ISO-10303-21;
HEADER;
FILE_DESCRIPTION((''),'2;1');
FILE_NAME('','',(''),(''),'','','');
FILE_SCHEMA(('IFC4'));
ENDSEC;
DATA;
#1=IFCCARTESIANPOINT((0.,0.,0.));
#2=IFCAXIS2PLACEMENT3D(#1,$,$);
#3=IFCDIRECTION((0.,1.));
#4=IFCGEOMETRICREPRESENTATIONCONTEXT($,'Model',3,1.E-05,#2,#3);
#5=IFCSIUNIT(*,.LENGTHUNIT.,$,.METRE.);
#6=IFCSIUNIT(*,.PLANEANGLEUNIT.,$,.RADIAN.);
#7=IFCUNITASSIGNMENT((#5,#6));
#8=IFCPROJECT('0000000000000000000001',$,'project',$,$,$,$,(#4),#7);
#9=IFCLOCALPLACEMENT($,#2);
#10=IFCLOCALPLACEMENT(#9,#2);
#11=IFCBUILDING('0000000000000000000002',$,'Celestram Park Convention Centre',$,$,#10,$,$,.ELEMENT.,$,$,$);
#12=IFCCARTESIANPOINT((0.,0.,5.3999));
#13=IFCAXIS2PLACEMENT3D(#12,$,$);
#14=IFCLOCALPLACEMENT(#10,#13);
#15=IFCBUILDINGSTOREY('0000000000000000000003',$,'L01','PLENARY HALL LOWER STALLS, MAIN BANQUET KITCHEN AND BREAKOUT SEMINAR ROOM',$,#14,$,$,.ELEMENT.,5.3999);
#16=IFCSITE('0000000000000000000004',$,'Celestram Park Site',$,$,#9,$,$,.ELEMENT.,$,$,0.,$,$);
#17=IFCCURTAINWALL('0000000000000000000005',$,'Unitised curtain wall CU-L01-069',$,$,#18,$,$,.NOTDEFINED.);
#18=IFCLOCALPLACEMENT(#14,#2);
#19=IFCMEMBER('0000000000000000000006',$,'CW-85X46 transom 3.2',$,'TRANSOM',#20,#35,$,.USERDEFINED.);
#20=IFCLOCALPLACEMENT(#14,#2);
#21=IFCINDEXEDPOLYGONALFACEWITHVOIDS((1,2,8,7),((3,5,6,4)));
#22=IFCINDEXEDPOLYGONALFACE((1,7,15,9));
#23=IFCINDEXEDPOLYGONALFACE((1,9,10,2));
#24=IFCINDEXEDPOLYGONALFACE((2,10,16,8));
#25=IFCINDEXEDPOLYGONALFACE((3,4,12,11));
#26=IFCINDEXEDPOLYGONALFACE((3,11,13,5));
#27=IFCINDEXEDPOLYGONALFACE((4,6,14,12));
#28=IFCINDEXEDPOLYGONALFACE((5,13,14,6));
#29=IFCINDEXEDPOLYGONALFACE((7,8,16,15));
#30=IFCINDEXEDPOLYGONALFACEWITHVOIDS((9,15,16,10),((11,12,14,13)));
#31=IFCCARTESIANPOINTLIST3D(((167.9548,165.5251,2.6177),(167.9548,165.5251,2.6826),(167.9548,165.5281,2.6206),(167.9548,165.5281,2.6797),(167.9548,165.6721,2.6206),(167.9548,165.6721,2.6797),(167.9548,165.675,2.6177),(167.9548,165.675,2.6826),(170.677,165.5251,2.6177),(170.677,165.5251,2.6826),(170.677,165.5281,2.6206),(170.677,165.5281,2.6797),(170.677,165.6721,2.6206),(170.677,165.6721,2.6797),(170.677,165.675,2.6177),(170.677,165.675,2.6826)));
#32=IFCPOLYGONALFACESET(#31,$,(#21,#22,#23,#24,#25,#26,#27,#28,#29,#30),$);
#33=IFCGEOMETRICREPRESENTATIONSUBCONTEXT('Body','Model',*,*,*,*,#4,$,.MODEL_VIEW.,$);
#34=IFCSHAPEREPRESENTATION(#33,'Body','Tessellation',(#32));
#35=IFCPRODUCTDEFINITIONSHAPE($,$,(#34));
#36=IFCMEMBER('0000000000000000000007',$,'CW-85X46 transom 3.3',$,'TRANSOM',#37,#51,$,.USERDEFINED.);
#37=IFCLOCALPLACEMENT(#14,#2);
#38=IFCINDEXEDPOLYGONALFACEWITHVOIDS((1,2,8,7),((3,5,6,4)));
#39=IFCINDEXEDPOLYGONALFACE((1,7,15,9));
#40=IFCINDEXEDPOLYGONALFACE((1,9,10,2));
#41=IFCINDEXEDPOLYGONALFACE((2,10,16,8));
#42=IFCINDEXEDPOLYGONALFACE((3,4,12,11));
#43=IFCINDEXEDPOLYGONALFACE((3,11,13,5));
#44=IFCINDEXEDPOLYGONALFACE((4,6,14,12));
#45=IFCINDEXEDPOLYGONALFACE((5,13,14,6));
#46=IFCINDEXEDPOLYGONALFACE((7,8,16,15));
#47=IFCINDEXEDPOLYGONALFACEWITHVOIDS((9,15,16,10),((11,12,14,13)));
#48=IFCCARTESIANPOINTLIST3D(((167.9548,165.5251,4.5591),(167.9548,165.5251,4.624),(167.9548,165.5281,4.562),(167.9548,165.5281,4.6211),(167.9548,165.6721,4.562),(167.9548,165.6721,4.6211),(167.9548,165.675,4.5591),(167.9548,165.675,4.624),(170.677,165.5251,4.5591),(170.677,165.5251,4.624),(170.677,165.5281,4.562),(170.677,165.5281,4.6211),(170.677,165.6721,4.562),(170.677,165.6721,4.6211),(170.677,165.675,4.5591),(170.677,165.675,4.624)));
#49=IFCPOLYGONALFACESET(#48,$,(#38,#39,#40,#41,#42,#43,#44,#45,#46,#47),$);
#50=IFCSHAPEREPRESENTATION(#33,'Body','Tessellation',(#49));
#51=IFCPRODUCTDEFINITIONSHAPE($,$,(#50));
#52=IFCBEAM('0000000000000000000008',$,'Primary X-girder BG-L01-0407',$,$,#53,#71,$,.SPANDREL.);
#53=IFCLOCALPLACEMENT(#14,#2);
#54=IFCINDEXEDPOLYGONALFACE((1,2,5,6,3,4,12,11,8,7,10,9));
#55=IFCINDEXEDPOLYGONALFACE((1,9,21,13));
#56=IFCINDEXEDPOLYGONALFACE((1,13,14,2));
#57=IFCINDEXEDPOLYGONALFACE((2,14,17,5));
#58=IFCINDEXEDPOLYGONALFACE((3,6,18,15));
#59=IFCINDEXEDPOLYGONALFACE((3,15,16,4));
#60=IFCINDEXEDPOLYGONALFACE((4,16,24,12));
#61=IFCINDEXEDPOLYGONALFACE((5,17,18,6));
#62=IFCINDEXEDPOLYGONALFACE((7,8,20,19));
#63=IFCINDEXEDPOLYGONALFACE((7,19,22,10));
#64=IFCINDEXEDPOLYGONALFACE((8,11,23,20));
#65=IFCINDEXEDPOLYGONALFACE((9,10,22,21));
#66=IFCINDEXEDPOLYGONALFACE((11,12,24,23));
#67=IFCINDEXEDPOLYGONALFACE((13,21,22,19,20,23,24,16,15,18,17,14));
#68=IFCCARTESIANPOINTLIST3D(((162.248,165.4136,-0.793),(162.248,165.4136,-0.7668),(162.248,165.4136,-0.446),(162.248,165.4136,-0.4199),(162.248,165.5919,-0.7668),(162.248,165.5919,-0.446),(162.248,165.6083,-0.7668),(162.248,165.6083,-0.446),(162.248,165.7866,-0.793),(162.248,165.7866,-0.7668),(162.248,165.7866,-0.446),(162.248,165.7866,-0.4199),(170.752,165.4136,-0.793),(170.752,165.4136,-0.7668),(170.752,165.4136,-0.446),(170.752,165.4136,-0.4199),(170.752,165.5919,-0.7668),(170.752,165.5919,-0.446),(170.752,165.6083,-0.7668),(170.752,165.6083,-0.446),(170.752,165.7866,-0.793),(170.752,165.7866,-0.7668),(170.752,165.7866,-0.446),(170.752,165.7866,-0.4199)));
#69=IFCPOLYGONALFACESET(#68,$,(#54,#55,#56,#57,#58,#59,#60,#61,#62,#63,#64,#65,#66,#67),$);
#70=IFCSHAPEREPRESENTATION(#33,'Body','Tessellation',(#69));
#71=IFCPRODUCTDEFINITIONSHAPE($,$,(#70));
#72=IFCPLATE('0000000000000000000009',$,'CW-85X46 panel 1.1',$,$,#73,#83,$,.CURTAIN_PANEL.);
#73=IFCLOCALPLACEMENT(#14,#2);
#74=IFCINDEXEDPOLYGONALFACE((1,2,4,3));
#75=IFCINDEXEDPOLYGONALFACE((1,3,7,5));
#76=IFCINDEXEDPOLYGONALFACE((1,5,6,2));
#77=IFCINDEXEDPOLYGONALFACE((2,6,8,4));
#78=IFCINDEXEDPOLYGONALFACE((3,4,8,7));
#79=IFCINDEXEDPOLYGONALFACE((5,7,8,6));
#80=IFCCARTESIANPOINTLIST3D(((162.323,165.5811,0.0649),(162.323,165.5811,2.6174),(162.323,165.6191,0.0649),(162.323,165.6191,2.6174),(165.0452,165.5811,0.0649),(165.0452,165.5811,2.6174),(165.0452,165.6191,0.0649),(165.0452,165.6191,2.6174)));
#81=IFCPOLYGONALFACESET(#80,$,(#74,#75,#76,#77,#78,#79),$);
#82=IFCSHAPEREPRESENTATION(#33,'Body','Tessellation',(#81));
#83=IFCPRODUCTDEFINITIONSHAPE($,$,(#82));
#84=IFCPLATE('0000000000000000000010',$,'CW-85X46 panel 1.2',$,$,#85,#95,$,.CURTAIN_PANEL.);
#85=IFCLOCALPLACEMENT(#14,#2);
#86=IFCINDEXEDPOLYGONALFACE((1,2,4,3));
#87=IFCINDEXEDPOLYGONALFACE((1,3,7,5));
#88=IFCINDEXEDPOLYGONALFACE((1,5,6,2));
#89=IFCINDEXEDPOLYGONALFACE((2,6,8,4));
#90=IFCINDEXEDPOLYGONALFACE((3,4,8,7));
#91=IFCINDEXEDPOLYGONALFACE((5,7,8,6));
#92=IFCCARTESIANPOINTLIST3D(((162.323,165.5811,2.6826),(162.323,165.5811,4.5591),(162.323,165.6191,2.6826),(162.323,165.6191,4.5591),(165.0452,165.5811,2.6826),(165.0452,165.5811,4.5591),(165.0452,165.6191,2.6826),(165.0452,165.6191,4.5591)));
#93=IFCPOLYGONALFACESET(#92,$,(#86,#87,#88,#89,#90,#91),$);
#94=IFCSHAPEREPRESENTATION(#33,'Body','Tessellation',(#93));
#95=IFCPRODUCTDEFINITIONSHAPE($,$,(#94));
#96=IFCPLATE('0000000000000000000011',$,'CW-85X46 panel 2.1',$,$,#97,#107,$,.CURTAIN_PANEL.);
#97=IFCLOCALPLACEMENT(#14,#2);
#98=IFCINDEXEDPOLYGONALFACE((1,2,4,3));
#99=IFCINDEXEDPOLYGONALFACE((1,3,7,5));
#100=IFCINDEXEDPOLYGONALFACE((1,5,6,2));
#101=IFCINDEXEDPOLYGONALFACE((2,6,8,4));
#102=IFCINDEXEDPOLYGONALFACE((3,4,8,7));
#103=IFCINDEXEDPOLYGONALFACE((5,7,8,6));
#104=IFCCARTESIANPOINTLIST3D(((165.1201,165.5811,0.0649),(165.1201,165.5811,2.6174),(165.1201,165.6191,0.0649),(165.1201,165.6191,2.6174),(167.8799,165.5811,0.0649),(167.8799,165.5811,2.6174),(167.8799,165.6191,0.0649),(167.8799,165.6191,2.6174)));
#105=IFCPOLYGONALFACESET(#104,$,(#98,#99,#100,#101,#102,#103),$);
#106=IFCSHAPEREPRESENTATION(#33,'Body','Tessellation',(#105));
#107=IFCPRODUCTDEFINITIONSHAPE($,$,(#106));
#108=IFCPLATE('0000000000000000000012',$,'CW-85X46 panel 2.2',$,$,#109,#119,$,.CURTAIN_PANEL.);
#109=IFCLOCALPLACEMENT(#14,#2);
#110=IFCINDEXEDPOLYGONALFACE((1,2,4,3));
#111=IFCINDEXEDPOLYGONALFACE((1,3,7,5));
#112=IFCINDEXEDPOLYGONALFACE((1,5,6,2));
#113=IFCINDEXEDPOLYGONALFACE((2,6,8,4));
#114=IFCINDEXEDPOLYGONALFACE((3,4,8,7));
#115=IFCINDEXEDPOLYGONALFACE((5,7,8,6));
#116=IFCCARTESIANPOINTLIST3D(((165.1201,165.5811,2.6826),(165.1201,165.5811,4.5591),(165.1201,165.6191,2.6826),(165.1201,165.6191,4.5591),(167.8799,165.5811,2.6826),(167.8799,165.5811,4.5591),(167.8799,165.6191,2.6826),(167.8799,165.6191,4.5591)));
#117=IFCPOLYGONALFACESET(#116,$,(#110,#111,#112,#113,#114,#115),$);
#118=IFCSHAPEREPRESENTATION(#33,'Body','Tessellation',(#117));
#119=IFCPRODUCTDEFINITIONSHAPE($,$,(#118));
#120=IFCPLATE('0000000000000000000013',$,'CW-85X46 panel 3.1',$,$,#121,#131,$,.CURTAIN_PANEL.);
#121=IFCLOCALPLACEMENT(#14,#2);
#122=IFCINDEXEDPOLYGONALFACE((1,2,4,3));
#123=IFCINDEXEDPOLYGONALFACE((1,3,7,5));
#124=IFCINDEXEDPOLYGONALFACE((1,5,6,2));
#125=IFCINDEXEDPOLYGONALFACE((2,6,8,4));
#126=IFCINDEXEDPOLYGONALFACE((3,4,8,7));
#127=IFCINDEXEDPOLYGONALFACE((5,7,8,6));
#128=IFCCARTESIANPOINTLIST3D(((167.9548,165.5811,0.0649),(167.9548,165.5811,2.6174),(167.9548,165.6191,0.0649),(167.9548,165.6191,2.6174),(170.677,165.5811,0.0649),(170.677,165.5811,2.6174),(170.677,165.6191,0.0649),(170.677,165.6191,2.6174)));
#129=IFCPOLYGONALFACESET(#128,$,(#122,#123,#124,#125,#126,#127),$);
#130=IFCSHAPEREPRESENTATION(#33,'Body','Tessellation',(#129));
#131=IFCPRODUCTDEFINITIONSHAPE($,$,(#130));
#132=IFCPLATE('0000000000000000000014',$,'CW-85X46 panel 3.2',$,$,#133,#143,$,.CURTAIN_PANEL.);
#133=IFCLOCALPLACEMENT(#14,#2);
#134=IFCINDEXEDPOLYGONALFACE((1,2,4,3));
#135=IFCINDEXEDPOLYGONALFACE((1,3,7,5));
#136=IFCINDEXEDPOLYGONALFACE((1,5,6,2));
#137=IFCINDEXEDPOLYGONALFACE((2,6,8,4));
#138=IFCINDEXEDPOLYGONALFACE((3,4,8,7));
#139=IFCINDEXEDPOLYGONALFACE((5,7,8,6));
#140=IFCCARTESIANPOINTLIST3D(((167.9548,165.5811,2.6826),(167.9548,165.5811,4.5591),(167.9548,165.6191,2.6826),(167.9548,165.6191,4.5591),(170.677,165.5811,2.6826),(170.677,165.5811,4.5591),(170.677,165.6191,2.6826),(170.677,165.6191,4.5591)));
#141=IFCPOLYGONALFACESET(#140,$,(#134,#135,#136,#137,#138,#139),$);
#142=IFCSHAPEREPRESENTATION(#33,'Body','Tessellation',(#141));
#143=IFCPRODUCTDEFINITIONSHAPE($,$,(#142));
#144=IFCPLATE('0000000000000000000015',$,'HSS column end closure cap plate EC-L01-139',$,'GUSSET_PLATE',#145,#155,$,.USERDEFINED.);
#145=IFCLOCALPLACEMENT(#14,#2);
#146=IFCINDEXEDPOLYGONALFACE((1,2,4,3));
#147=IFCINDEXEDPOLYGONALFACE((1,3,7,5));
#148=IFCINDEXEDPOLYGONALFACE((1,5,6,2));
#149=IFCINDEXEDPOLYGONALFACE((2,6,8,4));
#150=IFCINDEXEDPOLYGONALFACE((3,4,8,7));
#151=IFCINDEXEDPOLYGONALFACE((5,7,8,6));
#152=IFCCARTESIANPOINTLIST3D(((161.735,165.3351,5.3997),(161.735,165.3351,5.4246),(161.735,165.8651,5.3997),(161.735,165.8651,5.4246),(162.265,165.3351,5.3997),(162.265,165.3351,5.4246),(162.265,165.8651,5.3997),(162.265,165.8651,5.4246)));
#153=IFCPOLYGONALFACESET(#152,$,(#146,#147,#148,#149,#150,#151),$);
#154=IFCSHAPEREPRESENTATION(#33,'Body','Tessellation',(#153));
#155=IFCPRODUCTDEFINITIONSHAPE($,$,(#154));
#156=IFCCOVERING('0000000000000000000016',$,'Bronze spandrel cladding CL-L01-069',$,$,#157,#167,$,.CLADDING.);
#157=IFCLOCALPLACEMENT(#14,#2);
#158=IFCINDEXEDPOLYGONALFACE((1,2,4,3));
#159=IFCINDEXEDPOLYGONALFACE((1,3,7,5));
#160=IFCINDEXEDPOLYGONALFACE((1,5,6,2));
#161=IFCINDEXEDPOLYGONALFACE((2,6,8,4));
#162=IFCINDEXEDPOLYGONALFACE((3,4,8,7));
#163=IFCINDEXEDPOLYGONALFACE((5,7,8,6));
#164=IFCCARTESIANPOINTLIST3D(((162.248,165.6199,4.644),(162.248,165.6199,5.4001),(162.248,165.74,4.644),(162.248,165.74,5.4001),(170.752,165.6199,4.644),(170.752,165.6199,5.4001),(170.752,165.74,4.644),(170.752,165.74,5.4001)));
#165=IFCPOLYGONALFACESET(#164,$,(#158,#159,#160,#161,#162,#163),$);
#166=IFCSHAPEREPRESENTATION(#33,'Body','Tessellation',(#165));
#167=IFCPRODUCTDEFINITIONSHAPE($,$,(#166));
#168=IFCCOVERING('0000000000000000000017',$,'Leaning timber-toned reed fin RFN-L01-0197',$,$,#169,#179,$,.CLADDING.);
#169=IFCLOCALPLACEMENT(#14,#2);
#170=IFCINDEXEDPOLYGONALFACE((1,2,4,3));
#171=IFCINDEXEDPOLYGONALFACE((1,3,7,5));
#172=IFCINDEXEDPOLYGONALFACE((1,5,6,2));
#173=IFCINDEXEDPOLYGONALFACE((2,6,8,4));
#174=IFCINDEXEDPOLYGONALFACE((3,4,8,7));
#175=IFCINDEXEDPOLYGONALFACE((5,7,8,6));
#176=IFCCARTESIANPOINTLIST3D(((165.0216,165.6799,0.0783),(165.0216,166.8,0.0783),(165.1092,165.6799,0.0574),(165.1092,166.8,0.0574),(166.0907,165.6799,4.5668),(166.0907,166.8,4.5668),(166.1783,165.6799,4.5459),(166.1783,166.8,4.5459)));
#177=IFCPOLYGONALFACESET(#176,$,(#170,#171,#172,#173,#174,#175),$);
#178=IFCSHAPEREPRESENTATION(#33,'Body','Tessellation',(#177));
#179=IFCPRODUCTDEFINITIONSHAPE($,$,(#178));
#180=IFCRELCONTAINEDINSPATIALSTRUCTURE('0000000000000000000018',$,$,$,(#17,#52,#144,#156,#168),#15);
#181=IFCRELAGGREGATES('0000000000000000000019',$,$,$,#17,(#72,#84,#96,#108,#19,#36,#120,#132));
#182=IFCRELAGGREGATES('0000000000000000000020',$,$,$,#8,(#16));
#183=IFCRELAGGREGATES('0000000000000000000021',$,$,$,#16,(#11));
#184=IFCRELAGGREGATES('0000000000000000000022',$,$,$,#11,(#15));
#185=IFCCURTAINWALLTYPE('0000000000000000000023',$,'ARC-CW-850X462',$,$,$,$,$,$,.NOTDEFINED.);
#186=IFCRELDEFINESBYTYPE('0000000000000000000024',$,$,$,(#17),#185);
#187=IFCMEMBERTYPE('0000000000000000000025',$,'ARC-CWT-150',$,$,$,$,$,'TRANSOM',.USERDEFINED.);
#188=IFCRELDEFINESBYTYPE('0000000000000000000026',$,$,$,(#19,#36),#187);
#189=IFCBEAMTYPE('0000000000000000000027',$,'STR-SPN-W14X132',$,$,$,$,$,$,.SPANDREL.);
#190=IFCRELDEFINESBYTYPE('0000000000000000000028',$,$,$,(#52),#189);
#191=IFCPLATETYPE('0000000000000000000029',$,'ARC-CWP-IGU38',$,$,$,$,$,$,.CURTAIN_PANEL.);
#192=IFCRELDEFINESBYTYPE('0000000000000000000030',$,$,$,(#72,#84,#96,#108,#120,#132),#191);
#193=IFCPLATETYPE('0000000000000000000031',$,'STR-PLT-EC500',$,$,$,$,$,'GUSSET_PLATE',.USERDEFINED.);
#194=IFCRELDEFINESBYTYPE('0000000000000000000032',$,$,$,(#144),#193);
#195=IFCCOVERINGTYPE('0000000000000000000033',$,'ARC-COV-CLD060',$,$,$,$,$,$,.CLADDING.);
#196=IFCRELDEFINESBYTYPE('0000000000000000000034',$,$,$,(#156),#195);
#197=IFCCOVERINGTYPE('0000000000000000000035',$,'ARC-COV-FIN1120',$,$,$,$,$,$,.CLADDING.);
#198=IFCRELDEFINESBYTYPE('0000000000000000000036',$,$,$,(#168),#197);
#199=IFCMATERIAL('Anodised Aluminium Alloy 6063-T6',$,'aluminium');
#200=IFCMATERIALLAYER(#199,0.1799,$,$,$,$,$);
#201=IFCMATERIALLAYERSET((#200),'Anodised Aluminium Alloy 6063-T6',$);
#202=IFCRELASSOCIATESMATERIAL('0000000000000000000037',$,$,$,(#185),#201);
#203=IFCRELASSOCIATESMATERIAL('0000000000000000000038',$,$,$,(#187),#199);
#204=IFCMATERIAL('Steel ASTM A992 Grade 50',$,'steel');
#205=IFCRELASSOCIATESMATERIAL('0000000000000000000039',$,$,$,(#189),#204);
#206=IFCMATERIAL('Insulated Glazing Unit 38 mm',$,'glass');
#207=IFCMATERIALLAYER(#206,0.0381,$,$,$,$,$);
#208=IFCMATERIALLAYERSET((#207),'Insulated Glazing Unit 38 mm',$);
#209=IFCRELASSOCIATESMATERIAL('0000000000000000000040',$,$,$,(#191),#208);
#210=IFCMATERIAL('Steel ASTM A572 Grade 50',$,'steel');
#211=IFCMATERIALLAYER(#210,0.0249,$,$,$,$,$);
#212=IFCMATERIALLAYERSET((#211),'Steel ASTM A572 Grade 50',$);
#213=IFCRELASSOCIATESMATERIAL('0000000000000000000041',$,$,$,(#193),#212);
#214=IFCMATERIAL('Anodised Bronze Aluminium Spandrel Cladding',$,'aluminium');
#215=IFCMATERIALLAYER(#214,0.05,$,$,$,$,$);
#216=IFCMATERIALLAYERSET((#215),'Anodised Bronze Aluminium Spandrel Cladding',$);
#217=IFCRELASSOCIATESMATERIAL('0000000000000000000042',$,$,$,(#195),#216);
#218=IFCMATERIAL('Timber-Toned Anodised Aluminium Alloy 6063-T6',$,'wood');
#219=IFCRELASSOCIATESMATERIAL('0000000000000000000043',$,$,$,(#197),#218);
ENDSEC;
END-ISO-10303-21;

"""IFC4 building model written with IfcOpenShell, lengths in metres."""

from ifc_helpers import new_model, si_unit, direction, frame, origin, origin_2d, place, context, subcontext, project, spatial, rectangle, hollow_rectangle, i_section, extrude, material, layer, layer_set, material_profile, profile_set, type_object, element, aggregate, save


model = new_model("IFC4")

# Units and contexts
model_context = context("Model", 3, precision=1e-05, world=origin(), true_north=direction((0.0, 1.0)))
body_context = subcontext(model_context, "Body", "Model", "MODEL_VIEW")
ifc_project = project(units=[si_unit("LENGTHUNIT", "METRE"), si_unit("PLANEANGLEUNIT", "RADIAN")], contexts=[model_context])

# Site, building, storey
site_placement = place(None, origin())
site = spatial("IfcSite", under=ifc_project, at=site_placement, Name="Celestram Park Site", CompositionType="ELEMENT", RefElevation=0.0)
building_placement = place(site_placement, origin())
building = spatial("IfcBuilding", under=site, at=building_placement, Name="Celestram Park Convention Centre", CompositionType="ELEMENT")
storey_placement = place(building_placement, frame((0.0, 0.0, 5.3999)))
storey = spatial("IfcBuildingStorey", under=building, at=storey_placement, Name="L01", Description="PLENARY HALL LOWER STALLS, MAIN BANQUET KITCHEN AND BREAKOUT SEMINAR ROOM", CompositionType="ELEMENT", Elevation=5.3999)

# Curtain wall, members
ifc_material_1 = material(Name="Anodised Aluminium Alloy 6063-T6", Category="aluminium")
ifc_layer_1 = layer(ifc_material_1, 0.1799)
ifc_layer_set_1 = layer_set([ifc_layer_1], Name="Anodised Aluminium Alloy 6063-T6")
curtain_wall_type = type_object("IfcCurtainWallType", Name="ARC-CW-850X462", PredefinedType="NOTDEFINED", material=ifc_layer_set_1)
curtain_wall_placement = place(storey_placement, origin())
curtain_wall = element("IfcCurtainWall", 1, at=curtain_wall_placement, inside=storey, type_object=curtain_wall_type, Name="Unitised curtain wall CU-L01-069", PredefinedType="NOTDEFINED")
ifc_material_profile_1 = material_profile(ifc_material_1, hollow_rectangle(XDim=0.1499, YDim=0.0649, WallThickness=0.0029, at=origin_2d()), Name="ALU150X65X3")
ifc_profile_set_1 = profile_set([ifc_material_profile_1], Name="Anodised Aluminium Alloy 6063-T6")
member_type_1 = type_object("IfcMemberType", Name="ARC-CWT-150", ElementType="TRANSOM", PredefinedType="USERDEFINED", material=ifc_profile_set_1)
member_1_placement = place(storey_placement, frame((167.9548, 165.6001, 2.6501), z_axis=(1.0, 0.0, 0.0), x_axis=(0.0, 1.0, 0.0)))
member_1 = element("IfcMember", 2, at=member_1_placement, type_object=member_type_1, Name="CW-85X46 transom 3.2", ObjectType="TRANSOM", PredefinedType="USERDEFINED", context=body_context, shape_type="SweptSolid", body=[
    extrude(hollow_rectangle(XDim=0.1499, YDim=0.0649, WallThickness=0.0029, at=origin_2d()), origin(), (0.0, 0.0, 1.0), 2.7222),
])
member_2_placement = place(storey_placement, frame((167.9548, 165.6001, 4.5916), z_axis=(1.0, 0.0, 0.0), x_axis=(0.0, 1.0, 0.0)))
member_2 = element("IfcMember", 3, at=member_2_placement, type_object=member_type_1, Name="CW-85X46 transom 3.3", ObjectType="TRANSOM", PredefinedType="USERDEFINED", context=body_context, shape_type="SweptSolid", body=[
    extrude(hollow_rectangle(XDim=0.1499, YDim=0.0649, WallThickness=0.0029, at=origin_2d()), origin(), (0.0, 0.0, 1.0), 2.7222),
])

# Beam
ifc_material_2 = material(Name="Steel ASTM A992 Grade 50", Category="steel")
ifc_material_profile_2 = material_profile(ifc_material_2, i_section(OverallWidth=0.373, OverallDepth=0.373, WebThickness=0.0164, FlangeThickness=0.0261, at=origin_2d()), Name="W14X132")
ifc_profile_set_2 = profile_set([ifc_material_profile_2], Name="Steel ASTM A992 Grade 50")
beam_type = type_object("IfcBeamType", Name="STR-SPN-W14X132", PredefinedType="SPANDREL", material=ifc_profile_set_2)
beam_placement = place(storey_placement, frame((162.248, 165.6001, -0.6064), z_axis=(1.0, 0.0, 0.0), x_axis=(0.0, 1.0, 0.0)))
element("IfcBeam", 4, at=beam_placement, inside=storey, type_object=beam_type, Name="Primary X-girder BG-L01-0407", PredefinedType="SPANDREL", context=body_context, shape_type="SweptSolid", body=[
    extrude(i_section(OverallWidth=0.373, OverallDepth=0.373, WebThickness=0.0164, FlangeThickness=0.0261, at=origin_2d()), origin(), (0.0, 0.0, 1.0), 8.5039),
])

# Plates
ifc_material_3 = material(Name="Insulated Glazing Unit 38 mm", Category="glass")
ifc_layer_2 = layer(ifc_material_3, 0.0381)
ifc_layer_set_2 = layer_set([ifc_layer_2], Name="Insulated Glazing Unit 38 mm")
plate_type_1 = type_object("IfcPlateType", Name="ARC-CWP-IGU38", PredefinedType="CURTAIN_PANEL", material=ifc_layer_set_2)
plate_1_placement = place(storey_placement, frame((163.6841, 165.6001, 0.0649), z_axis=(0.0, 0.0, 1.0), x_axis=(1.0, 0.0, 0.0)))
plate_1 = element("IfcPlate", 5, at=plate_1_placement, type_object=plate_type_1, Name="CW-85X46 panel 1.1", PredefinedType="CURTAIN_PANEL", context=body_context, shape_type="SweptSolid", body=[
    extrude(rectangle(XDim=2.7222, YDim=0.0381, at=origin_2d()), origin(), (0.0, 0.0, 1.0), 2.5525),
])
plate_2_placement = place(storey_placement, frame((163.6841, 165.6001, 2.6826), z_axis=(0.0, 0.0, 1.0), x_axis=(1.0, 0.0, 0.0)))
plate_2 = element("IfcPlate", 6, at=plate_2_placement, type_object=plate_type_1, Name="CW-85X46 panel 1.2", PredefinedType="CURTAIN_PANEL", context=body_context, shape_type="SweptSolid", body=[
    extrude(rectangle(XDim=2.7222, YDim=0.0381, at=origin_2d()), origin(), (0.0, 0.0, 1.0), 1.8765),
])
plate_3_placement = place(storey_placement, frame((166.5, 165.6001, 0.0649), z_axis=(0.0, 0.0, 1.0), x_axis=(1.0, 0.0, 0.0)))
plate_3 = element("IfcPlate", 7, at=plate_3_placement, type_object=plate_type_1, Name="CW-85X46 panel 2.1", PredefinedType="CURTAIN_PANEL", context=body_context, shape_type="SweptSolid", body=[
    extrude(rectangle(XDim=2.7598, YDim=0.0381, at=origin_2d()), origin(), (0.0, 0.0, 1.0), 2.5525),
])
plate_4_placement = place(storey_placement, frame((166.5, 165.6001, 2.6826), z_axis=(0.0, 0.0, 1.0), x_axis=(1.0, 0.0, 0.0)))
plate_4 = element("IfcPlate", 8, at=plate_4_placement, type_object=plate_type_1, Name="CW-85X46 panel 2.2", PredefinedType="CURTAIN_PANEL", context=body_context, shape_type="SweptSolid", body=[
    extrude(rectangle(XDim=2.7598, YDim=0.0381, at=origin_2d()), origin(), (0.0, 0.0, 1.0), 1.8765),
])
plate_5_placement = place(storey_placement, frame((169.3159, 165.6001, 0.0649), z_axis=(0.0, 0.0, 1.0), x_axis=(1.0, 0.0, 0.0)))
plate_5 = element("IfcPlate", 9, at=plate_5_placement, type_object=plate_type_1, Name="CW-85X46 panel 3.1", PredefinedType="CURTAIN_PANEL", context=body_context, shape_type="SweptSolid", body=[
    extrude(rectangle(XDim=2.7222, YDim=0.0381, at=origin_2d()), origin(), (0.0, 0.0, 1.0), 2.5525),
])
plate_6_placement = place(storey_placement, frame((169.3159, 165.6001, 2.6826), z_axis=(0.0, 0.0, 1.0), x_axis=(1.0, 0.0, 0.0)))
plate_6 = element("IfcPlate", 10, at=plate_6_placement, type_object=plate_type_1, Name="CW-85X46 panel 3.2", PredefinedType="CURTAIN_PANEL", context=body_context, shape_type="SweptSolid", body=[
    extrude(rectangle(XDim=2.7222, YDim=0.0381, at=origin_2d()), origin(), (0.0, 0.0, 1.0), 1.8765),
])
aggregate(curtain_wall, [plate_1, plate_2, plate_3, plate_4, member_1, member_2, plate_5, plate_6])
ifc_material_4 = material(Name="Steel ASTM A572 Grade 50", Category="steel")
ifc_layer_3 = layer(ifc_material_4, 0.0249)
ifc_layer_set_3 = layer_set([ifc_layer_3], Name="Steel ASTM A572 Grade 50")
plate_type_2 = type_object("IfcPlateType", Name="STR-PLT-EC500", ElementType="GUSSET_PLATE", PredefinedType="USERDEFINED", material=ifc_layer_set_3)
plate_7_placement = place(storey_placement, frame((162.0, 165.6001, 5.3997), z_axis=(0.0, 0.0, 1.0), x_axis=(1.0, 0.0, 0.0)))
element("IfcPlate", 11, at=plate_7_placement, inside=storey, type_object=plate_type_2, Name="HSS column end closure cap plate EC-L01-139", ObjectType="GUSSET_PLATE", PredefinedType="USERDEFINED", context=body_context, shape_type="SweptSolid", body=[
    extrude(rectangle(XDim=0.53, YDim=0.53, at=origin_2d()), origin(), (0.0, 0.0, 1.0), 0.0249),
])

# Coverings
ifc_material_5 = material(Name="Anodised Bronze Aluminium Spandrel Cladding", Category="aluminium")
ifc_layer_4 = layer(ifc_material_5, 0.05)
ifc_layer_set_4 = layer_set([ifc_layer_4], Name="Anodised Bronze Aluminium Spandrel Cladding")
covering_type_1 = type_object("IfcCoveringType", Name="ARC-COV-CLD060", PredefinedType="CLADDING", material=ifc_layer_set_4)
covering_1_placement = place(storey_placement, frame((166.5, 165.6799, 4.644), z_axis=(0.0, 0.0, 1.0), x_axis=(1.0, 0.0, 0.0)))
element("IfcCovering", 12, at=covering_1_placement, inside=storey, type_object=covering_type_1, Name="Bronze spandrel cladding CL-L01-069", PredefinedType="CLADDING", context=body_context, shape_type="SweptSolid", body=[
    extrude(rectangle(XDim=8.5039, YDim=0.1201, at=origin_2d()), origin(), (0.0, 0.0, 1.0), 0.7561),
])
ifc_material_6 = material(Name="Timber-Toned Anodised Aluminium Alloy 6063-T6", Category="wood")
ifc_material_profile_3 = material_profile(ifc_material_6, rectangle(XDim=1.1201, YDim=0.0901, at=origin_2d()), Name="REED1120X90")
ifc_profile_set_3 = profile_set([ifc_material_profile_3], Name="Timber-Toned Anodised Aluminium Alloy 6063-T6")
covering_type_2 = type_object("IfcCoveringType", Name="ARC-COV-FIN1120", PredefinedType="CLADDING", material=ifc_profile_set_3)
covering_2_placement = place(storey_placement, frame((165.0654, 166.24, 0.0679), z_axis=(0.231702, 0.0, 0.972787), x_axis=(0.0, 1.0, 0.0)))
element("IfcCovering", 13, at=covering_2_placement, inside=storey, type_object=covering_type_2, Name="Leaning timber-toned reed fin RFN-L01-0197", PredefinedType="CLADDING", context=body_context, shape_type="SweptSolid", body=[
    extrude(rectangle(XDim=1.1201, YDim=0.0901, at=origin_2d()), origin(), (0.0, 0.0, 1.0), 4.614),
])

save(model, "model.ifc")
